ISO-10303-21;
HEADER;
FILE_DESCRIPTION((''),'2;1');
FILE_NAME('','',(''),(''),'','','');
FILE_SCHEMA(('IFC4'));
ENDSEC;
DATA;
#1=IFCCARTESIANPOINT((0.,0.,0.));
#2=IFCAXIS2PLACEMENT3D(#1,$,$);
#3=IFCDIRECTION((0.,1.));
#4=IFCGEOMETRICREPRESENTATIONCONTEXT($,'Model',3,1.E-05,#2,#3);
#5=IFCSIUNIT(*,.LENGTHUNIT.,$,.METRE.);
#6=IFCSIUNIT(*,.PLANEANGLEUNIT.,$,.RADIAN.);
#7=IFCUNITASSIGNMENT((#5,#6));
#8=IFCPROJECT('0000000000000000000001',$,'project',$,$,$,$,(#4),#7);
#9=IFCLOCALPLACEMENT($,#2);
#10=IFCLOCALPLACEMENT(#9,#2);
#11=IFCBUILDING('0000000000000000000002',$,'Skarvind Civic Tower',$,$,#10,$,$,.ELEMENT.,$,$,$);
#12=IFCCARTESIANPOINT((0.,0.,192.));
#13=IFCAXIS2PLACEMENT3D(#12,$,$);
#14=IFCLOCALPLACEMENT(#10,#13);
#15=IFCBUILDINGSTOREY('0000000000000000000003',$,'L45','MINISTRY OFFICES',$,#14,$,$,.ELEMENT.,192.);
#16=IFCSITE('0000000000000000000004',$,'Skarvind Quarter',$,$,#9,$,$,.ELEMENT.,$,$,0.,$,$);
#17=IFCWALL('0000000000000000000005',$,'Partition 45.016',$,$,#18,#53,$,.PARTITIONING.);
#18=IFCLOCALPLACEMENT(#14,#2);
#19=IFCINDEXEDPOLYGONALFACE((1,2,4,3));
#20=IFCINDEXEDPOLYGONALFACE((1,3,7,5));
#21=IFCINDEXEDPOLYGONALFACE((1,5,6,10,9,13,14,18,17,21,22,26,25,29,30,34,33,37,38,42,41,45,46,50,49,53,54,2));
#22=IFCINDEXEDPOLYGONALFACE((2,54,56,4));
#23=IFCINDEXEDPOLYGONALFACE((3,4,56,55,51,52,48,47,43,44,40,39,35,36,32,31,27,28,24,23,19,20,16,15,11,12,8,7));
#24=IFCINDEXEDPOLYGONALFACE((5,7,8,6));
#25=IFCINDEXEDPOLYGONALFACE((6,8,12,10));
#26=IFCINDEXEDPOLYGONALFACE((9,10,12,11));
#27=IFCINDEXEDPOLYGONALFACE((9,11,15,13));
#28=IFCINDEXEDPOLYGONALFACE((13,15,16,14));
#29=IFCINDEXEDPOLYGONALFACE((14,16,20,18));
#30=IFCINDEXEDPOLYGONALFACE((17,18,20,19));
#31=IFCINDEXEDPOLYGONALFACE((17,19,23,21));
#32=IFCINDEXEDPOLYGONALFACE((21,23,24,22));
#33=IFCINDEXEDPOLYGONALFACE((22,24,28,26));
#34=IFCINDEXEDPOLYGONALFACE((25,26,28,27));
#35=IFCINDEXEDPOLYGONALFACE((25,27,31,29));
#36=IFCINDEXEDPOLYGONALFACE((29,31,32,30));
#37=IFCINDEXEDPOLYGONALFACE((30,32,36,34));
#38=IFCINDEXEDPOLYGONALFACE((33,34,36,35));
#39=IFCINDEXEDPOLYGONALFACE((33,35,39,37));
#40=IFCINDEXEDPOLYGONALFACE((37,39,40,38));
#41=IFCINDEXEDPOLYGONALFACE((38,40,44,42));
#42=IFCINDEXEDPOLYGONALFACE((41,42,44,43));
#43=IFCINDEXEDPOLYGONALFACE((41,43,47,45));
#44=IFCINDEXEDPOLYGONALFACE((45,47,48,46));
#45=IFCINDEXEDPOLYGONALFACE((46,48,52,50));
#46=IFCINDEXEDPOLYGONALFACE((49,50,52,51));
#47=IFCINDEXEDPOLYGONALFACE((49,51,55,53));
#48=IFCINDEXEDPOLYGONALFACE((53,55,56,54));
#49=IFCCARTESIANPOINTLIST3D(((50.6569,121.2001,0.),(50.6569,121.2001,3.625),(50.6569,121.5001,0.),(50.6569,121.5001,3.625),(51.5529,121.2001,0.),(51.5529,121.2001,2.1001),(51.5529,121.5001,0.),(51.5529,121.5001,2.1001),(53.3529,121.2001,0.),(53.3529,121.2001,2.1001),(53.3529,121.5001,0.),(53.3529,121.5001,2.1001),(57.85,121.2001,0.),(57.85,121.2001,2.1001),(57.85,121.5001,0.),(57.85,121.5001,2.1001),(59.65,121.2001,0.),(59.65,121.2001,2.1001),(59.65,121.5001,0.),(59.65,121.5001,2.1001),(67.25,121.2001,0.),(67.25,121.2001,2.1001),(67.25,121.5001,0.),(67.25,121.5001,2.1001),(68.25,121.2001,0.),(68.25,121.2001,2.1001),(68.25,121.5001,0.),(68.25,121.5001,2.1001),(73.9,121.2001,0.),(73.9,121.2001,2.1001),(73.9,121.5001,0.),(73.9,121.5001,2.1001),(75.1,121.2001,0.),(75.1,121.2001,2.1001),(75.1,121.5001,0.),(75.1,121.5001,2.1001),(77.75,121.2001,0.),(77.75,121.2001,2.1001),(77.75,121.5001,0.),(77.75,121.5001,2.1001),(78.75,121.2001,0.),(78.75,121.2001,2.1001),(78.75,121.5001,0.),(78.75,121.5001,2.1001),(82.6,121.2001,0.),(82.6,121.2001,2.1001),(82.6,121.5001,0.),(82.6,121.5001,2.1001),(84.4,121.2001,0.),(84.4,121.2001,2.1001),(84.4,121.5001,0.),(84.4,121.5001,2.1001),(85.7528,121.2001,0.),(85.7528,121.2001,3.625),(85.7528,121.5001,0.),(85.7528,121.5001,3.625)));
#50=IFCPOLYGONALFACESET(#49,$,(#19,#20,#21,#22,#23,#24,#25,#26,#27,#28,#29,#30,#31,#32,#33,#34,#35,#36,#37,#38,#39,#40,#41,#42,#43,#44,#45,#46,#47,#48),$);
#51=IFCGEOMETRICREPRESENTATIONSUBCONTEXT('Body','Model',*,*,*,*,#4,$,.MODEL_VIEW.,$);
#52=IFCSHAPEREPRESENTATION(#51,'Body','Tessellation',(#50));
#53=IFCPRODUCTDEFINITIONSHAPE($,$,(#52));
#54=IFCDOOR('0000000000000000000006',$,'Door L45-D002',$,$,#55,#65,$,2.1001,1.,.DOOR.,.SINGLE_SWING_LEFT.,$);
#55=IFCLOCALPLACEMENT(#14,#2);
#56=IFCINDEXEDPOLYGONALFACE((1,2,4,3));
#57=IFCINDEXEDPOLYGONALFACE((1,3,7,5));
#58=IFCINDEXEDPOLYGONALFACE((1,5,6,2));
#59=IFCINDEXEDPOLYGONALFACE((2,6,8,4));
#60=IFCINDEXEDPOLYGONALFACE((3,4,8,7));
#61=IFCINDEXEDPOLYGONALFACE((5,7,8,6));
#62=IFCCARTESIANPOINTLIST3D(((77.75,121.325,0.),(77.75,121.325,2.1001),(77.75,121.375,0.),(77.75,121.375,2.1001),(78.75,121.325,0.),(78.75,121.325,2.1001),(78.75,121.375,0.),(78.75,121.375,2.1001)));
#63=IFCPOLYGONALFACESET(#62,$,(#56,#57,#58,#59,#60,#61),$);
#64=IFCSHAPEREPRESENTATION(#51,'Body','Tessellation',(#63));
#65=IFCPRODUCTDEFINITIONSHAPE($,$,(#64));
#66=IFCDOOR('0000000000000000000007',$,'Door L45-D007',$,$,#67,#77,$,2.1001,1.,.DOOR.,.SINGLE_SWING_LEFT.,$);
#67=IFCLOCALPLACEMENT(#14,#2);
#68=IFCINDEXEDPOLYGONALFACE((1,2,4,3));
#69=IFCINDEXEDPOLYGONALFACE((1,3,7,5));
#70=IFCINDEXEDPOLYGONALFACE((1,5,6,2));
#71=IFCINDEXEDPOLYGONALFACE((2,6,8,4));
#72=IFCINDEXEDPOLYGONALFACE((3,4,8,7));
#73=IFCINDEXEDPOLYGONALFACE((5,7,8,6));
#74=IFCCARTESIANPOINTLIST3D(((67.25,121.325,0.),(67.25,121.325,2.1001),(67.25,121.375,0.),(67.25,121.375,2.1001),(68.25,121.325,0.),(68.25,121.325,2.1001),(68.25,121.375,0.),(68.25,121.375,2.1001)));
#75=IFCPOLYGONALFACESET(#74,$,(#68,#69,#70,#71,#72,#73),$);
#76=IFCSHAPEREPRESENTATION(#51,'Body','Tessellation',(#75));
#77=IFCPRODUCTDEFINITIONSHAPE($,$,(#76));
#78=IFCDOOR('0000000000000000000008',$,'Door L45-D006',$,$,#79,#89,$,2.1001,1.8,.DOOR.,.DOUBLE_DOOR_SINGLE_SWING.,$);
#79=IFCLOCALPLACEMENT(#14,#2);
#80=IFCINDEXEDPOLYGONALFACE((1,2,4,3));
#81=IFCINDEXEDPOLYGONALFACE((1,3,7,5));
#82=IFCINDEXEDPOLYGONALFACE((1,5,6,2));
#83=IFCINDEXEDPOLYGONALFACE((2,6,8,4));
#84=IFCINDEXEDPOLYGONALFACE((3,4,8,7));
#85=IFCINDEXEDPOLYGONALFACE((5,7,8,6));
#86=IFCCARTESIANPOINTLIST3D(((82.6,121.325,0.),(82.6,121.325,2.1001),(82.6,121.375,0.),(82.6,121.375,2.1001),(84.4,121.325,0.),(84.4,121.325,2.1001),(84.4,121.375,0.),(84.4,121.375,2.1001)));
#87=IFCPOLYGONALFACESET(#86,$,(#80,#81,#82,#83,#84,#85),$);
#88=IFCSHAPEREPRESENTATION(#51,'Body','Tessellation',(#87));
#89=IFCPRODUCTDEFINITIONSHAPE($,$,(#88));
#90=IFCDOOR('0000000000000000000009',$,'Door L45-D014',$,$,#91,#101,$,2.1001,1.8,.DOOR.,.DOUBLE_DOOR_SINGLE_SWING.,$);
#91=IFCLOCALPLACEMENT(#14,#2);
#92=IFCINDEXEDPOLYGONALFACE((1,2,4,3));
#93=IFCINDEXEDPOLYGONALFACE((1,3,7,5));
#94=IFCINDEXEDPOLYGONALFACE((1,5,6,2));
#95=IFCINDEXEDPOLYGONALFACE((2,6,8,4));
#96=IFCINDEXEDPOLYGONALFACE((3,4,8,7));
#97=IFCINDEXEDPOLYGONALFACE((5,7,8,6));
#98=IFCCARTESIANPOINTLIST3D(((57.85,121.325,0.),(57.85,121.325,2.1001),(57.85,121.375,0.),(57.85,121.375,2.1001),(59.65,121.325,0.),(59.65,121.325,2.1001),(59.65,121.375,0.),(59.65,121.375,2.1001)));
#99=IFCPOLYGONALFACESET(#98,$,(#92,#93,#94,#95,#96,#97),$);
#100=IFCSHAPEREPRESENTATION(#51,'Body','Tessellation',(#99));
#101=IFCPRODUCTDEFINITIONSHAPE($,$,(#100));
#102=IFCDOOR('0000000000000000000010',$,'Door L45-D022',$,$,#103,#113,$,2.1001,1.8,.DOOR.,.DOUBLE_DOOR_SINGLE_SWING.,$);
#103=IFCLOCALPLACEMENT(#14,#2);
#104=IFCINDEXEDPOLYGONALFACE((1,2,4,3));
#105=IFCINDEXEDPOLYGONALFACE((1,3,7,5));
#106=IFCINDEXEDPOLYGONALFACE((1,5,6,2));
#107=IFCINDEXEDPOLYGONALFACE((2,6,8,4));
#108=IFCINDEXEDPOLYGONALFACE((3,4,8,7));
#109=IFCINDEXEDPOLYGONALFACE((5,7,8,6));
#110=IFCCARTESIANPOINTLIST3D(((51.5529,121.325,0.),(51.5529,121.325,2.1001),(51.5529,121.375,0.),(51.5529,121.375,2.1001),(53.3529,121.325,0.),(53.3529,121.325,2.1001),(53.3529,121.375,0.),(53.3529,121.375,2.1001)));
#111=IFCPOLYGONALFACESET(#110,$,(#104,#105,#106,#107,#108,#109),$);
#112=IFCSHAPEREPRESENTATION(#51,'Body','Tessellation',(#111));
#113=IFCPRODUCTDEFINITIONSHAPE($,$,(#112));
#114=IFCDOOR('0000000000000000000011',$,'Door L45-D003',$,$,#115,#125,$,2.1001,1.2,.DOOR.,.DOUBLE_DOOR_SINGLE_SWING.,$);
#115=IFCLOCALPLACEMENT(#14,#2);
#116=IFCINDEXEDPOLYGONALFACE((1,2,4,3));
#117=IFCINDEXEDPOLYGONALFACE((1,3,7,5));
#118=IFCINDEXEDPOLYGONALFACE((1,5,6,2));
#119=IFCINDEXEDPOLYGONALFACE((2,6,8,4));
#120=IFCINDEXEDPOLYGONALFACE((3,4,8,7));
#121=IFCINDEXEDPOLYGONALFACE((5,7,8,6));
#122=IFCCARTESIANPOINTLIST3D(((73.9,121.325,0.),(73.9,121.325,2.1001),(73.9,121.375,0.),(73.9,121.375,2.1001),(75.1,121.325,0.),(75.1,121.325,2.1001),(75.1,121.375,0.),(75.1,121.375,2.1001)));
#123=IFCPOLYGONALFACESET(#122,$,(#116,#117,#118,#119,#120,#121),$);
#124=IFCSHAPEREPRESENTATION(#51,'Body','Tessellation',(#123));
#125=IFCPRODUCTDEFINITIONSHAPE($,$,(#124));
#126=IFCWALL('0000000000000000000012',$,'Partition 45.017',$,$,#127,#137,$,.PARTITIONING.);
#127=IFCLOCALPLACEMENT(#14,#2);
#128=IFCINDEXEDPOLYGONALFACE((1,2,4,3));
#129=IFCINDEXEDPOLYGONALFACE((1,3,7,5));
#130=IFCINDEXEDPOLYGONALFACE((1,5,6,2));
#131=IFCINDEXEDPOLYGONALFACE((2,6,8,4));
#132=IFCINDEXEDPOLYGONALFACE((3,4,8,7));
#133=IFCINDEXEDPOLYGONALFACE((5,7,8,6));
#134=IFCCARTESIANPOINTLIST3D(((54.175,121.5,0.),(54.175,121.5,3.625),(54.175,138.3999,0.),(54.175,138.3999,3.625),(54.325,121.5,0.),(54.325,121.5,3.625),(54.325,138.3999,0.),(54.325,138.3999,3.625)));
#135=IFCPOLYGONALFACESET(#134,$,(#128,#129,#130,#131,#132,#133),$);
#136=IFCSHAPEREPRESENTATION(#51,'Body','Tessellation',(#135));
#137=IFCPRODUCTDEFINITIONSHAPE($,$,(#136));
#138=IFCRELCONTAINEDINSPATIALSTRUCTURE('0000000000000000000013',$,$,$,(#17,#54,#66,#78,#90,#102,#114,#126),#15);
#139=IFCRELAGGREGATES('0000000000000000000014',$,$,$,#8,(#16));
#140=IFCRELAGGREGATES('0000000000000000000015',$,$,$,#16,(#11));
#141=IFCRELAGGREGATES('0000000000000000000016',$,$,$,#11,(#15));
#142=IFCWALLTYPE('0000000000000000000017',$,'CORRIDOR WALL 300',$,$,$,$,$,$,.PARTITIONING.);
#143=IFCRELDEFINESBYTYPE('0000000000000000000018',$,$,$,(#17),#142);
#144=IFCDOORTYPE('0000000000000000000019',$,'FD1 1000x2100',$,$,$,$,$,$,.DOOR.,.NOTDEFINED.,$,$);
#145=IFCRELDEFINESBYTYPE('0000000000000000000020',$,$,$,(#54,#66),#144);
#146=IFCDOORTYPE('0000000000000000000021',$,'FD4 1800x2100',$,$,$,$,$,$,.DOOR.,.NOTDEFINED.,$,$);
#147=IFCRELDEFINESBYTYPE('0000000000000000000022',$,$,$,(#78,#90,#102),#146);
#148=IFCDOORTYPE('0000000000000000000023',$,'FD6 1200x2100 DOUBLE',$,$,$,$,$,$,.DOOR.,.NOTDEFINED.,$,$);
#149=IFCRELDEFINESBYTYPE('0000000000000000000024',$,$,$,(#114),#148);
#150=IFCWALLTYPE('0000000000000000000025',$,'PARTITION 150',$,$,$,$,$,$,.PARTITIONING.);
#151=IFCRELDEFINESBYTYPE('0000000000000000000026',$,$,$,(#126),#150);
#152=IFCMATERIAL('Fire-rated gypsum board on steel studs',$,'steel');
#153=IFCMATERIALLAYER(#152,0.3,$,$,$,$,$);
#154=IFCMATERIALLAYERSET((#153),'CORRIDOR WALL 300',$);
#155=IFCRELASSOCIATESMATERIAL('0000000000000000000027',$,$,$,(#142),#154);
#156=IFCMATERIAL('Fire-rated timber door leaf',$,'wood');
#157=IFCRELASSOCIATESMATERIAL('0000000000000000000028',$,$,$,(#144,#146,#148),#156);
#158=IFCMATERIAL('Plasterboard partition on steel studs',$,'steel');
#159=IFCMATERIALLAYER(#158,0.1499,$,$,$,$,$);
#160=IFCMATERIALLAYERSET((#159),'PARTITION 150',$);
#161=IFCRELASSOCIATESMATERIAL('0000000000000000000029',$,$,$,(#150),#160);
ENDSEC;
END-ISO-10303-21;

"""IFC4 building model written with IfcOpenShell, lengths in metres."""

from ifc_helpers import new_model, si_unit, direction, frame, frame_2d, origin, place, context, subcontext, project, spatial, rectangle, extrude, material, layer, layer_set, type_object, element, fill, save


model = new_model("IFC4")

# Units and contexts
model_context = context("Model", 3, precision=1e-05, world=origin(), true_north=direction((0.0, 1.0)))
body_context = subcontext(model_context, "Body", "Model", "MODEL_VIEW")
ifc_project = project(units=[si_unit("LENGTHUNIT", "METRE"), si_unit("PLANEANGLEUNIT", "RADIAN")], contexts=[model_context])

# Site, building, storey
site_placement = place(None, origin())
site = spatial("IfcSite", under=ifc_project, at=site_placement, Name="Skarvind Quarter", CompositionType="ELEMENT", RefElevation=0.0)
building_placement = place(site_placement, origin())
building = spatial("IfcBuilding", under=site, at=building_placement, Name="Skarvind Civic Tower", CompositionType="ELEMENT")
storey_placement = place(building_placement, frame((0.0, 0.0, 192.0)))
storey = spatial("IfcBuildingStorey", under=building, at=storey_placement, Name="L45", Description="MINISTRY OFFICES", CompositionType="ELEMENT", Elevation=192.0)

# Wall, openings, doors
ifc_material_1 = material(Name="Fire-rated gypsum board on steel studs", Category="steel")
ifc_layer_1 = layer(ifc_material_1, 0.3)
ifc_layer_set_1 = layer_set([ifc_layer_1], Name="CORRIDOR WALL 300")
wall_type_1 = type_object("IfcWallType", Name="CORRIDOR WALL 300", PredefinedType="PARTITIONING", material=ifc_layer_set_1)
wall_1_placement = place(storey_placement, frame((50.657, 121.3501, 0.0), z_axis=(0.0, 0.0, 1.0), x_axis=(1.0, 0.0, 0.0)))
wall_1 = element("IfcWall", 1, at=wall_1_placement, inside=storey, type_object=wall_type_1, Name="Partition 45.016", PredefinedType="PARTITIONING", context=body_context, shape_type="SweptSolid", body=[
    extrude(rectangle(XDim=35.0959, YDim=0.3, at=frame_2d((17.5479, 0.0))), origin(), (0.0, 0.0, 1.0), 3.625),
])
opening_1_placement = place(wall_1_placement, frame((27.093, 0.0, 0.0)))
opening_1 = element("IfcOpeningElement", 2, at=opening_1_placement, cuts=wall_1, PredefinedType="OPENING", context=body_context, shape_type="SweptSolid", body=[
    extrude(rectangle(XDim=1.0, YDim=2.1001, at=frame_2d((0.5, 1.05))), frame((0.0, 0.1599, 0.0), z_axis=(0.0, -1.0, 0.0), x_axis=(1.0, 0.0, 0.0)), (0.0, 0.0, 1.0), 0.3201),
])
opening_2_placement = place(wall_1_placement, frame((23.2429, 0.0, 0.0)))
opening_2 = element("IfcOpeningElement", 3, at=opening_2_placement, cuts=wall_1, PredefinedType="OPENING", context=body_context, shape_type="SweptSolid", body=[
    extrude(rectangle(XDim=1.2, YDim=2.1001, at=frame_2d((0.6001, 1.05))), frame((0.0, 0.1599, 0.0), z_axis=(0.0, -1.0, 0.0), x_axis=(1.0, 0.0, 0.0)), (0.0, 0.0, 1.0), 0.3201),
])
opening_3_placement = place(wall_1_placement, frame((31.9431, 0.0, 0.0)))
opening_3 = element("IfcOpeningElement", 4, at=opening_3_placement, cuts=wall_1, PredefinedType="OPENING", context=body_context, shape_type="SweptSolid", body=[
    extrude(rectangle(XDim=1.8, YDim=2.1001, at=frame_2d((0.8999, 1.05))), frame((0.0, 0.1599, 0.0), z_axis=(0.0, -1.0, 0.0), x_axis=(1.0, 0.0, 0.0)), (0.0, 0.0, 1.0), 0.3201),
])
opening_4_placement = place(wall_1_placement, frame((16.593, 0.0, 0.0)))
opening_4 = element("IfcOpeningElement", 5, at=opening_4_placement, cuts=wall_1, PredefinedType="OPENING", context=body_context, shape_type="SweptSolid", body=[
    extrude(rectangle(XDim=1.0, YDim=2.1001, at=frame_2d((0.5, 1.05))), frame((0.0, 0.1599, 0.0), z_axis=(0.0, -1.0, 0.0), x_axis=(1.0, 0.0, 0.0)), (0.0, 0.0, 1.0), 0.3201),
])
opening_5_placement = place(wall_1_placement, frame((7.1931, 0.0, 0.0)))
opening_5 = element("IfcOpeningElement", 6, at=opening_5_placement, cuts=wall_1, PredefinedType="OPENING", context=body_context, shape_type="SweptSolid", body=[
    extrude(rectangle(XDim=1.8, YDim=2.1001, at=frame_2d((0.8999, 1.05))), frame((0.0, 0.1599, 0.0), z_axis=(0.0, -1.0, 0.0), x_axis=(1.0, 0.0, 0.0)), (0.0, 0.0, 1.0), 0.3201),
])
opening_6_placement = place(wall_1_placement, frame((0.896, 0.0, 0.0)))
opening_6 = element("IfcOpeningElement", 7, at=opening_6_placement, cuts=wall_1, PredefinedType="OPENING", context=body_context, shape_type="SweptSolid", body=[
    extrude(rectangle(XDim=1.8, YDim=2.1001, at=frame_2d((0.8999, 1.05))), frame((0.0, 0.1599, 0.0), z_axis=(0.0, -1.0, 0.0), x_axis=(1.0, 0.0, 0.0)), (0.0, 0.0, 1.0), 0.3201),
])
ifc_material_2 = material(Name="Fire-rated timber door leaf", Category="wood")
door_type_1 = type_object("IfcDoorType", Name="FD1 1000x2100", OperationType="NOTDEFINED", PredefinedType="DOOR", material=ifc_material_2)
door_1_placement = place(opening_1_placement, origin())
door_1 = element("IfcDoor", 8, at=door_1_placement, inside=storey, type_object=door_type_1, Name="Door L45-D002", OperationType="SINGLE_SWING_LEFT", OverallHeight=2.1001, OverallWidth=1.0, PredefinedType="DOOR", context=body_context, shape_type="SweptSolid", body=[
    extrude(rectangle(XDim=1.0, YDim=2.1001, at=frame_2d((0.5, 1.05))), frame((0.0, 0.0249, 0.0), z_axis=(0.0, -1.0, 0.0), x_axis=(1.0, 0.0, 0.0)), (0.0, 0.0, 1.0), 0.05),
])
fill(opening_1, door_1)
door_2_placement = place(opening_4_placement, origin())
door_2 = element("IfcDoor", 9, at=door_2_placement, inside=storey, type_object=door_type_1, Name="Door L45-D007", OperationType="SINGLE_SWING_LEFT", OverallHeight=2.1001, OverallWidth=1.0, PredefinedType="DOOR", context=body_context, shape_type="SweptSolid", body=[
    extrude(rectangle(XDim=1.0, YDim=2.1001, at=frame_2d((0.5, 1.05))), frame((0.0, 0.0249, 0.0), z_axis=(0.0, -1.0, 0.0), x_axis=(1.0, 0.0, 0.0)), (0.0, 0.0, 1.0), 0.05),
])
fill(opening_4, door_2)
door_type_2 = type_object("IfcDoorType", Name="FD4 1800x2100", OperationType="NOTDEFINED", PredefinedType="DOOR", material=ifc_material_2)
door_3_placement = place(opening_3_placement, origin())
door_3 = element("IfcDoor", 10, at=door_3_placement, inside=storey, type_object=door_type_2, Name="Door L45-D006", OperationType="DOUBLE_DOOR_SINGLE_SWING", OverallHeight=2.1001, OverallWidth=1.8, PredefinedType="DOOR", context=body_context, shape_type="SweptSolid", body=[
    extrude(rectangle(XDim=1.8, YDim=2.1001, at=frame_2d((0.8999, 1.05))), frame((0.0, 0.0249, 0.0), z_axis=(0.0, -1.0, 0.0), x_axis=(1.0, 0.0, 0.0)), (0.0, 0.0, 1.0), 0.05),
])
fill(opening_3, door_3)
door_4_placement = place(opening_5_placement, origin())
door_4 = element("IfcDoor", 11, at=door_4_placement, inside=storey, type_object=door_type_2, Name="Door L45-D014", OperationType="DOUBLE_DOOR_SINGLE_SWING", OverallHeight=2.1001, OverallWidth=1.8, PredefinedType="DOOR", context=body_context, shape_type="SweptSolid", body=[
    extrude(rectangle(XDim=1.8, YDim=2.1001, at=frame_2d((0.8999, 1.05))), frame((0.0, 0.0249, 0.0), z_axis=(0.0, -1.0, 0.0), x_axis=(1.0, 0.0, 0.0)), (0.0, 0.0, 1.0), 0.05),
])
fill(opening_5, door_4)
door_5_placement = place(opening_6_placement, origin())
door_5 = element("IfcDoor", 12, at=door_5_placement, inside=storey, type_object=door_type_2, Name="Door L45-D022", OperationType="DOUBLE_DOOR_SINGLE_SWING", OverallHeight=2.1001, OverallWidth=1.8, PredefinedType="DOOR", context=body_context, shape_type="SweptSolid", body=[
    extrude(rectangle(XDim=1.8, YDim=2.1001, at=frame_2d((0.8999, 1.05))), frame((0.0, 0.0249, 0.0), z_axis=(0.0, -1.0, 0.0), x_axis=(1.0, 0.0, 0.0)), (0.0, 0.0, 1.0), 0.05),
])
fill(opening_6, door_5)
door_type_3 = type_object("IfcDoorType", Name="FD6 1200x2100 DOUBLE", OperationType="NOTDEFINED", PredefinedType="DOOR", material=ifc_material_2)
door_6_placement = place(opening_2_placement, origin())
door_6 = element("IfcDoor", 13, at=door_6_placement, inside=storey, type_object=door_type_3, Name="Door L45-D003", OperationType="DOUBLE_DOOR_SINGLE_SWING", OverallHeight=2.1001, OverallWidth=1.2, PredefinedType="DOOR", context=body_context, shape_type="SweptSolid", body=[
    extrude(rectangle(XDim=1.2, YDim=2.1001, at=frame_2d((0.6001, 1.05))), frame((0.0, 0.0249, 0.0), z_axis=(0.0, -1.0, 0.0), x_axis=(1.0, 0.0, 0.0)), (0.0, 0.0, 1.0), 0.05),
])
fill(opening_2, door_6)

# Wall
ifc_material_3 = material(Name="Plasterboard partition on steel studs", Category="steel")
ifc_layer_2 = layer(ifc_material_3, 0.1499)
ifc_layer_set_2 = layer_set([ifc_layer_2], Name="PARTITION 150")
wall_type_2 = type_object("IfcWallType", Name="PARTITION 150", PredefinedType="PARTITIONING", material=ifc_layer_set_2)
wall_2_placement = place(storey_placement, frame((54.25, 121.5, 0.0), z_axis=(0.0, 0.0, 1.0), x_axis=(0.0, 1.0, 0.0)))
element("IfcWall", 14, at=wall_2_placement, inside=storey, type_object=wall_type_2, Name="Partition 45.017", PredefinedType="PARTITIONING", context=body_context, shape_type="SweptSolid", body=[
    extrude(rectangle(XDim=16.8999, YDim=0.1499, at=frame_2d((8.45, 0.0))), origin(), (0.0, 0.0, 1.0), 3.625),
])

save(model, "model.ifc")
